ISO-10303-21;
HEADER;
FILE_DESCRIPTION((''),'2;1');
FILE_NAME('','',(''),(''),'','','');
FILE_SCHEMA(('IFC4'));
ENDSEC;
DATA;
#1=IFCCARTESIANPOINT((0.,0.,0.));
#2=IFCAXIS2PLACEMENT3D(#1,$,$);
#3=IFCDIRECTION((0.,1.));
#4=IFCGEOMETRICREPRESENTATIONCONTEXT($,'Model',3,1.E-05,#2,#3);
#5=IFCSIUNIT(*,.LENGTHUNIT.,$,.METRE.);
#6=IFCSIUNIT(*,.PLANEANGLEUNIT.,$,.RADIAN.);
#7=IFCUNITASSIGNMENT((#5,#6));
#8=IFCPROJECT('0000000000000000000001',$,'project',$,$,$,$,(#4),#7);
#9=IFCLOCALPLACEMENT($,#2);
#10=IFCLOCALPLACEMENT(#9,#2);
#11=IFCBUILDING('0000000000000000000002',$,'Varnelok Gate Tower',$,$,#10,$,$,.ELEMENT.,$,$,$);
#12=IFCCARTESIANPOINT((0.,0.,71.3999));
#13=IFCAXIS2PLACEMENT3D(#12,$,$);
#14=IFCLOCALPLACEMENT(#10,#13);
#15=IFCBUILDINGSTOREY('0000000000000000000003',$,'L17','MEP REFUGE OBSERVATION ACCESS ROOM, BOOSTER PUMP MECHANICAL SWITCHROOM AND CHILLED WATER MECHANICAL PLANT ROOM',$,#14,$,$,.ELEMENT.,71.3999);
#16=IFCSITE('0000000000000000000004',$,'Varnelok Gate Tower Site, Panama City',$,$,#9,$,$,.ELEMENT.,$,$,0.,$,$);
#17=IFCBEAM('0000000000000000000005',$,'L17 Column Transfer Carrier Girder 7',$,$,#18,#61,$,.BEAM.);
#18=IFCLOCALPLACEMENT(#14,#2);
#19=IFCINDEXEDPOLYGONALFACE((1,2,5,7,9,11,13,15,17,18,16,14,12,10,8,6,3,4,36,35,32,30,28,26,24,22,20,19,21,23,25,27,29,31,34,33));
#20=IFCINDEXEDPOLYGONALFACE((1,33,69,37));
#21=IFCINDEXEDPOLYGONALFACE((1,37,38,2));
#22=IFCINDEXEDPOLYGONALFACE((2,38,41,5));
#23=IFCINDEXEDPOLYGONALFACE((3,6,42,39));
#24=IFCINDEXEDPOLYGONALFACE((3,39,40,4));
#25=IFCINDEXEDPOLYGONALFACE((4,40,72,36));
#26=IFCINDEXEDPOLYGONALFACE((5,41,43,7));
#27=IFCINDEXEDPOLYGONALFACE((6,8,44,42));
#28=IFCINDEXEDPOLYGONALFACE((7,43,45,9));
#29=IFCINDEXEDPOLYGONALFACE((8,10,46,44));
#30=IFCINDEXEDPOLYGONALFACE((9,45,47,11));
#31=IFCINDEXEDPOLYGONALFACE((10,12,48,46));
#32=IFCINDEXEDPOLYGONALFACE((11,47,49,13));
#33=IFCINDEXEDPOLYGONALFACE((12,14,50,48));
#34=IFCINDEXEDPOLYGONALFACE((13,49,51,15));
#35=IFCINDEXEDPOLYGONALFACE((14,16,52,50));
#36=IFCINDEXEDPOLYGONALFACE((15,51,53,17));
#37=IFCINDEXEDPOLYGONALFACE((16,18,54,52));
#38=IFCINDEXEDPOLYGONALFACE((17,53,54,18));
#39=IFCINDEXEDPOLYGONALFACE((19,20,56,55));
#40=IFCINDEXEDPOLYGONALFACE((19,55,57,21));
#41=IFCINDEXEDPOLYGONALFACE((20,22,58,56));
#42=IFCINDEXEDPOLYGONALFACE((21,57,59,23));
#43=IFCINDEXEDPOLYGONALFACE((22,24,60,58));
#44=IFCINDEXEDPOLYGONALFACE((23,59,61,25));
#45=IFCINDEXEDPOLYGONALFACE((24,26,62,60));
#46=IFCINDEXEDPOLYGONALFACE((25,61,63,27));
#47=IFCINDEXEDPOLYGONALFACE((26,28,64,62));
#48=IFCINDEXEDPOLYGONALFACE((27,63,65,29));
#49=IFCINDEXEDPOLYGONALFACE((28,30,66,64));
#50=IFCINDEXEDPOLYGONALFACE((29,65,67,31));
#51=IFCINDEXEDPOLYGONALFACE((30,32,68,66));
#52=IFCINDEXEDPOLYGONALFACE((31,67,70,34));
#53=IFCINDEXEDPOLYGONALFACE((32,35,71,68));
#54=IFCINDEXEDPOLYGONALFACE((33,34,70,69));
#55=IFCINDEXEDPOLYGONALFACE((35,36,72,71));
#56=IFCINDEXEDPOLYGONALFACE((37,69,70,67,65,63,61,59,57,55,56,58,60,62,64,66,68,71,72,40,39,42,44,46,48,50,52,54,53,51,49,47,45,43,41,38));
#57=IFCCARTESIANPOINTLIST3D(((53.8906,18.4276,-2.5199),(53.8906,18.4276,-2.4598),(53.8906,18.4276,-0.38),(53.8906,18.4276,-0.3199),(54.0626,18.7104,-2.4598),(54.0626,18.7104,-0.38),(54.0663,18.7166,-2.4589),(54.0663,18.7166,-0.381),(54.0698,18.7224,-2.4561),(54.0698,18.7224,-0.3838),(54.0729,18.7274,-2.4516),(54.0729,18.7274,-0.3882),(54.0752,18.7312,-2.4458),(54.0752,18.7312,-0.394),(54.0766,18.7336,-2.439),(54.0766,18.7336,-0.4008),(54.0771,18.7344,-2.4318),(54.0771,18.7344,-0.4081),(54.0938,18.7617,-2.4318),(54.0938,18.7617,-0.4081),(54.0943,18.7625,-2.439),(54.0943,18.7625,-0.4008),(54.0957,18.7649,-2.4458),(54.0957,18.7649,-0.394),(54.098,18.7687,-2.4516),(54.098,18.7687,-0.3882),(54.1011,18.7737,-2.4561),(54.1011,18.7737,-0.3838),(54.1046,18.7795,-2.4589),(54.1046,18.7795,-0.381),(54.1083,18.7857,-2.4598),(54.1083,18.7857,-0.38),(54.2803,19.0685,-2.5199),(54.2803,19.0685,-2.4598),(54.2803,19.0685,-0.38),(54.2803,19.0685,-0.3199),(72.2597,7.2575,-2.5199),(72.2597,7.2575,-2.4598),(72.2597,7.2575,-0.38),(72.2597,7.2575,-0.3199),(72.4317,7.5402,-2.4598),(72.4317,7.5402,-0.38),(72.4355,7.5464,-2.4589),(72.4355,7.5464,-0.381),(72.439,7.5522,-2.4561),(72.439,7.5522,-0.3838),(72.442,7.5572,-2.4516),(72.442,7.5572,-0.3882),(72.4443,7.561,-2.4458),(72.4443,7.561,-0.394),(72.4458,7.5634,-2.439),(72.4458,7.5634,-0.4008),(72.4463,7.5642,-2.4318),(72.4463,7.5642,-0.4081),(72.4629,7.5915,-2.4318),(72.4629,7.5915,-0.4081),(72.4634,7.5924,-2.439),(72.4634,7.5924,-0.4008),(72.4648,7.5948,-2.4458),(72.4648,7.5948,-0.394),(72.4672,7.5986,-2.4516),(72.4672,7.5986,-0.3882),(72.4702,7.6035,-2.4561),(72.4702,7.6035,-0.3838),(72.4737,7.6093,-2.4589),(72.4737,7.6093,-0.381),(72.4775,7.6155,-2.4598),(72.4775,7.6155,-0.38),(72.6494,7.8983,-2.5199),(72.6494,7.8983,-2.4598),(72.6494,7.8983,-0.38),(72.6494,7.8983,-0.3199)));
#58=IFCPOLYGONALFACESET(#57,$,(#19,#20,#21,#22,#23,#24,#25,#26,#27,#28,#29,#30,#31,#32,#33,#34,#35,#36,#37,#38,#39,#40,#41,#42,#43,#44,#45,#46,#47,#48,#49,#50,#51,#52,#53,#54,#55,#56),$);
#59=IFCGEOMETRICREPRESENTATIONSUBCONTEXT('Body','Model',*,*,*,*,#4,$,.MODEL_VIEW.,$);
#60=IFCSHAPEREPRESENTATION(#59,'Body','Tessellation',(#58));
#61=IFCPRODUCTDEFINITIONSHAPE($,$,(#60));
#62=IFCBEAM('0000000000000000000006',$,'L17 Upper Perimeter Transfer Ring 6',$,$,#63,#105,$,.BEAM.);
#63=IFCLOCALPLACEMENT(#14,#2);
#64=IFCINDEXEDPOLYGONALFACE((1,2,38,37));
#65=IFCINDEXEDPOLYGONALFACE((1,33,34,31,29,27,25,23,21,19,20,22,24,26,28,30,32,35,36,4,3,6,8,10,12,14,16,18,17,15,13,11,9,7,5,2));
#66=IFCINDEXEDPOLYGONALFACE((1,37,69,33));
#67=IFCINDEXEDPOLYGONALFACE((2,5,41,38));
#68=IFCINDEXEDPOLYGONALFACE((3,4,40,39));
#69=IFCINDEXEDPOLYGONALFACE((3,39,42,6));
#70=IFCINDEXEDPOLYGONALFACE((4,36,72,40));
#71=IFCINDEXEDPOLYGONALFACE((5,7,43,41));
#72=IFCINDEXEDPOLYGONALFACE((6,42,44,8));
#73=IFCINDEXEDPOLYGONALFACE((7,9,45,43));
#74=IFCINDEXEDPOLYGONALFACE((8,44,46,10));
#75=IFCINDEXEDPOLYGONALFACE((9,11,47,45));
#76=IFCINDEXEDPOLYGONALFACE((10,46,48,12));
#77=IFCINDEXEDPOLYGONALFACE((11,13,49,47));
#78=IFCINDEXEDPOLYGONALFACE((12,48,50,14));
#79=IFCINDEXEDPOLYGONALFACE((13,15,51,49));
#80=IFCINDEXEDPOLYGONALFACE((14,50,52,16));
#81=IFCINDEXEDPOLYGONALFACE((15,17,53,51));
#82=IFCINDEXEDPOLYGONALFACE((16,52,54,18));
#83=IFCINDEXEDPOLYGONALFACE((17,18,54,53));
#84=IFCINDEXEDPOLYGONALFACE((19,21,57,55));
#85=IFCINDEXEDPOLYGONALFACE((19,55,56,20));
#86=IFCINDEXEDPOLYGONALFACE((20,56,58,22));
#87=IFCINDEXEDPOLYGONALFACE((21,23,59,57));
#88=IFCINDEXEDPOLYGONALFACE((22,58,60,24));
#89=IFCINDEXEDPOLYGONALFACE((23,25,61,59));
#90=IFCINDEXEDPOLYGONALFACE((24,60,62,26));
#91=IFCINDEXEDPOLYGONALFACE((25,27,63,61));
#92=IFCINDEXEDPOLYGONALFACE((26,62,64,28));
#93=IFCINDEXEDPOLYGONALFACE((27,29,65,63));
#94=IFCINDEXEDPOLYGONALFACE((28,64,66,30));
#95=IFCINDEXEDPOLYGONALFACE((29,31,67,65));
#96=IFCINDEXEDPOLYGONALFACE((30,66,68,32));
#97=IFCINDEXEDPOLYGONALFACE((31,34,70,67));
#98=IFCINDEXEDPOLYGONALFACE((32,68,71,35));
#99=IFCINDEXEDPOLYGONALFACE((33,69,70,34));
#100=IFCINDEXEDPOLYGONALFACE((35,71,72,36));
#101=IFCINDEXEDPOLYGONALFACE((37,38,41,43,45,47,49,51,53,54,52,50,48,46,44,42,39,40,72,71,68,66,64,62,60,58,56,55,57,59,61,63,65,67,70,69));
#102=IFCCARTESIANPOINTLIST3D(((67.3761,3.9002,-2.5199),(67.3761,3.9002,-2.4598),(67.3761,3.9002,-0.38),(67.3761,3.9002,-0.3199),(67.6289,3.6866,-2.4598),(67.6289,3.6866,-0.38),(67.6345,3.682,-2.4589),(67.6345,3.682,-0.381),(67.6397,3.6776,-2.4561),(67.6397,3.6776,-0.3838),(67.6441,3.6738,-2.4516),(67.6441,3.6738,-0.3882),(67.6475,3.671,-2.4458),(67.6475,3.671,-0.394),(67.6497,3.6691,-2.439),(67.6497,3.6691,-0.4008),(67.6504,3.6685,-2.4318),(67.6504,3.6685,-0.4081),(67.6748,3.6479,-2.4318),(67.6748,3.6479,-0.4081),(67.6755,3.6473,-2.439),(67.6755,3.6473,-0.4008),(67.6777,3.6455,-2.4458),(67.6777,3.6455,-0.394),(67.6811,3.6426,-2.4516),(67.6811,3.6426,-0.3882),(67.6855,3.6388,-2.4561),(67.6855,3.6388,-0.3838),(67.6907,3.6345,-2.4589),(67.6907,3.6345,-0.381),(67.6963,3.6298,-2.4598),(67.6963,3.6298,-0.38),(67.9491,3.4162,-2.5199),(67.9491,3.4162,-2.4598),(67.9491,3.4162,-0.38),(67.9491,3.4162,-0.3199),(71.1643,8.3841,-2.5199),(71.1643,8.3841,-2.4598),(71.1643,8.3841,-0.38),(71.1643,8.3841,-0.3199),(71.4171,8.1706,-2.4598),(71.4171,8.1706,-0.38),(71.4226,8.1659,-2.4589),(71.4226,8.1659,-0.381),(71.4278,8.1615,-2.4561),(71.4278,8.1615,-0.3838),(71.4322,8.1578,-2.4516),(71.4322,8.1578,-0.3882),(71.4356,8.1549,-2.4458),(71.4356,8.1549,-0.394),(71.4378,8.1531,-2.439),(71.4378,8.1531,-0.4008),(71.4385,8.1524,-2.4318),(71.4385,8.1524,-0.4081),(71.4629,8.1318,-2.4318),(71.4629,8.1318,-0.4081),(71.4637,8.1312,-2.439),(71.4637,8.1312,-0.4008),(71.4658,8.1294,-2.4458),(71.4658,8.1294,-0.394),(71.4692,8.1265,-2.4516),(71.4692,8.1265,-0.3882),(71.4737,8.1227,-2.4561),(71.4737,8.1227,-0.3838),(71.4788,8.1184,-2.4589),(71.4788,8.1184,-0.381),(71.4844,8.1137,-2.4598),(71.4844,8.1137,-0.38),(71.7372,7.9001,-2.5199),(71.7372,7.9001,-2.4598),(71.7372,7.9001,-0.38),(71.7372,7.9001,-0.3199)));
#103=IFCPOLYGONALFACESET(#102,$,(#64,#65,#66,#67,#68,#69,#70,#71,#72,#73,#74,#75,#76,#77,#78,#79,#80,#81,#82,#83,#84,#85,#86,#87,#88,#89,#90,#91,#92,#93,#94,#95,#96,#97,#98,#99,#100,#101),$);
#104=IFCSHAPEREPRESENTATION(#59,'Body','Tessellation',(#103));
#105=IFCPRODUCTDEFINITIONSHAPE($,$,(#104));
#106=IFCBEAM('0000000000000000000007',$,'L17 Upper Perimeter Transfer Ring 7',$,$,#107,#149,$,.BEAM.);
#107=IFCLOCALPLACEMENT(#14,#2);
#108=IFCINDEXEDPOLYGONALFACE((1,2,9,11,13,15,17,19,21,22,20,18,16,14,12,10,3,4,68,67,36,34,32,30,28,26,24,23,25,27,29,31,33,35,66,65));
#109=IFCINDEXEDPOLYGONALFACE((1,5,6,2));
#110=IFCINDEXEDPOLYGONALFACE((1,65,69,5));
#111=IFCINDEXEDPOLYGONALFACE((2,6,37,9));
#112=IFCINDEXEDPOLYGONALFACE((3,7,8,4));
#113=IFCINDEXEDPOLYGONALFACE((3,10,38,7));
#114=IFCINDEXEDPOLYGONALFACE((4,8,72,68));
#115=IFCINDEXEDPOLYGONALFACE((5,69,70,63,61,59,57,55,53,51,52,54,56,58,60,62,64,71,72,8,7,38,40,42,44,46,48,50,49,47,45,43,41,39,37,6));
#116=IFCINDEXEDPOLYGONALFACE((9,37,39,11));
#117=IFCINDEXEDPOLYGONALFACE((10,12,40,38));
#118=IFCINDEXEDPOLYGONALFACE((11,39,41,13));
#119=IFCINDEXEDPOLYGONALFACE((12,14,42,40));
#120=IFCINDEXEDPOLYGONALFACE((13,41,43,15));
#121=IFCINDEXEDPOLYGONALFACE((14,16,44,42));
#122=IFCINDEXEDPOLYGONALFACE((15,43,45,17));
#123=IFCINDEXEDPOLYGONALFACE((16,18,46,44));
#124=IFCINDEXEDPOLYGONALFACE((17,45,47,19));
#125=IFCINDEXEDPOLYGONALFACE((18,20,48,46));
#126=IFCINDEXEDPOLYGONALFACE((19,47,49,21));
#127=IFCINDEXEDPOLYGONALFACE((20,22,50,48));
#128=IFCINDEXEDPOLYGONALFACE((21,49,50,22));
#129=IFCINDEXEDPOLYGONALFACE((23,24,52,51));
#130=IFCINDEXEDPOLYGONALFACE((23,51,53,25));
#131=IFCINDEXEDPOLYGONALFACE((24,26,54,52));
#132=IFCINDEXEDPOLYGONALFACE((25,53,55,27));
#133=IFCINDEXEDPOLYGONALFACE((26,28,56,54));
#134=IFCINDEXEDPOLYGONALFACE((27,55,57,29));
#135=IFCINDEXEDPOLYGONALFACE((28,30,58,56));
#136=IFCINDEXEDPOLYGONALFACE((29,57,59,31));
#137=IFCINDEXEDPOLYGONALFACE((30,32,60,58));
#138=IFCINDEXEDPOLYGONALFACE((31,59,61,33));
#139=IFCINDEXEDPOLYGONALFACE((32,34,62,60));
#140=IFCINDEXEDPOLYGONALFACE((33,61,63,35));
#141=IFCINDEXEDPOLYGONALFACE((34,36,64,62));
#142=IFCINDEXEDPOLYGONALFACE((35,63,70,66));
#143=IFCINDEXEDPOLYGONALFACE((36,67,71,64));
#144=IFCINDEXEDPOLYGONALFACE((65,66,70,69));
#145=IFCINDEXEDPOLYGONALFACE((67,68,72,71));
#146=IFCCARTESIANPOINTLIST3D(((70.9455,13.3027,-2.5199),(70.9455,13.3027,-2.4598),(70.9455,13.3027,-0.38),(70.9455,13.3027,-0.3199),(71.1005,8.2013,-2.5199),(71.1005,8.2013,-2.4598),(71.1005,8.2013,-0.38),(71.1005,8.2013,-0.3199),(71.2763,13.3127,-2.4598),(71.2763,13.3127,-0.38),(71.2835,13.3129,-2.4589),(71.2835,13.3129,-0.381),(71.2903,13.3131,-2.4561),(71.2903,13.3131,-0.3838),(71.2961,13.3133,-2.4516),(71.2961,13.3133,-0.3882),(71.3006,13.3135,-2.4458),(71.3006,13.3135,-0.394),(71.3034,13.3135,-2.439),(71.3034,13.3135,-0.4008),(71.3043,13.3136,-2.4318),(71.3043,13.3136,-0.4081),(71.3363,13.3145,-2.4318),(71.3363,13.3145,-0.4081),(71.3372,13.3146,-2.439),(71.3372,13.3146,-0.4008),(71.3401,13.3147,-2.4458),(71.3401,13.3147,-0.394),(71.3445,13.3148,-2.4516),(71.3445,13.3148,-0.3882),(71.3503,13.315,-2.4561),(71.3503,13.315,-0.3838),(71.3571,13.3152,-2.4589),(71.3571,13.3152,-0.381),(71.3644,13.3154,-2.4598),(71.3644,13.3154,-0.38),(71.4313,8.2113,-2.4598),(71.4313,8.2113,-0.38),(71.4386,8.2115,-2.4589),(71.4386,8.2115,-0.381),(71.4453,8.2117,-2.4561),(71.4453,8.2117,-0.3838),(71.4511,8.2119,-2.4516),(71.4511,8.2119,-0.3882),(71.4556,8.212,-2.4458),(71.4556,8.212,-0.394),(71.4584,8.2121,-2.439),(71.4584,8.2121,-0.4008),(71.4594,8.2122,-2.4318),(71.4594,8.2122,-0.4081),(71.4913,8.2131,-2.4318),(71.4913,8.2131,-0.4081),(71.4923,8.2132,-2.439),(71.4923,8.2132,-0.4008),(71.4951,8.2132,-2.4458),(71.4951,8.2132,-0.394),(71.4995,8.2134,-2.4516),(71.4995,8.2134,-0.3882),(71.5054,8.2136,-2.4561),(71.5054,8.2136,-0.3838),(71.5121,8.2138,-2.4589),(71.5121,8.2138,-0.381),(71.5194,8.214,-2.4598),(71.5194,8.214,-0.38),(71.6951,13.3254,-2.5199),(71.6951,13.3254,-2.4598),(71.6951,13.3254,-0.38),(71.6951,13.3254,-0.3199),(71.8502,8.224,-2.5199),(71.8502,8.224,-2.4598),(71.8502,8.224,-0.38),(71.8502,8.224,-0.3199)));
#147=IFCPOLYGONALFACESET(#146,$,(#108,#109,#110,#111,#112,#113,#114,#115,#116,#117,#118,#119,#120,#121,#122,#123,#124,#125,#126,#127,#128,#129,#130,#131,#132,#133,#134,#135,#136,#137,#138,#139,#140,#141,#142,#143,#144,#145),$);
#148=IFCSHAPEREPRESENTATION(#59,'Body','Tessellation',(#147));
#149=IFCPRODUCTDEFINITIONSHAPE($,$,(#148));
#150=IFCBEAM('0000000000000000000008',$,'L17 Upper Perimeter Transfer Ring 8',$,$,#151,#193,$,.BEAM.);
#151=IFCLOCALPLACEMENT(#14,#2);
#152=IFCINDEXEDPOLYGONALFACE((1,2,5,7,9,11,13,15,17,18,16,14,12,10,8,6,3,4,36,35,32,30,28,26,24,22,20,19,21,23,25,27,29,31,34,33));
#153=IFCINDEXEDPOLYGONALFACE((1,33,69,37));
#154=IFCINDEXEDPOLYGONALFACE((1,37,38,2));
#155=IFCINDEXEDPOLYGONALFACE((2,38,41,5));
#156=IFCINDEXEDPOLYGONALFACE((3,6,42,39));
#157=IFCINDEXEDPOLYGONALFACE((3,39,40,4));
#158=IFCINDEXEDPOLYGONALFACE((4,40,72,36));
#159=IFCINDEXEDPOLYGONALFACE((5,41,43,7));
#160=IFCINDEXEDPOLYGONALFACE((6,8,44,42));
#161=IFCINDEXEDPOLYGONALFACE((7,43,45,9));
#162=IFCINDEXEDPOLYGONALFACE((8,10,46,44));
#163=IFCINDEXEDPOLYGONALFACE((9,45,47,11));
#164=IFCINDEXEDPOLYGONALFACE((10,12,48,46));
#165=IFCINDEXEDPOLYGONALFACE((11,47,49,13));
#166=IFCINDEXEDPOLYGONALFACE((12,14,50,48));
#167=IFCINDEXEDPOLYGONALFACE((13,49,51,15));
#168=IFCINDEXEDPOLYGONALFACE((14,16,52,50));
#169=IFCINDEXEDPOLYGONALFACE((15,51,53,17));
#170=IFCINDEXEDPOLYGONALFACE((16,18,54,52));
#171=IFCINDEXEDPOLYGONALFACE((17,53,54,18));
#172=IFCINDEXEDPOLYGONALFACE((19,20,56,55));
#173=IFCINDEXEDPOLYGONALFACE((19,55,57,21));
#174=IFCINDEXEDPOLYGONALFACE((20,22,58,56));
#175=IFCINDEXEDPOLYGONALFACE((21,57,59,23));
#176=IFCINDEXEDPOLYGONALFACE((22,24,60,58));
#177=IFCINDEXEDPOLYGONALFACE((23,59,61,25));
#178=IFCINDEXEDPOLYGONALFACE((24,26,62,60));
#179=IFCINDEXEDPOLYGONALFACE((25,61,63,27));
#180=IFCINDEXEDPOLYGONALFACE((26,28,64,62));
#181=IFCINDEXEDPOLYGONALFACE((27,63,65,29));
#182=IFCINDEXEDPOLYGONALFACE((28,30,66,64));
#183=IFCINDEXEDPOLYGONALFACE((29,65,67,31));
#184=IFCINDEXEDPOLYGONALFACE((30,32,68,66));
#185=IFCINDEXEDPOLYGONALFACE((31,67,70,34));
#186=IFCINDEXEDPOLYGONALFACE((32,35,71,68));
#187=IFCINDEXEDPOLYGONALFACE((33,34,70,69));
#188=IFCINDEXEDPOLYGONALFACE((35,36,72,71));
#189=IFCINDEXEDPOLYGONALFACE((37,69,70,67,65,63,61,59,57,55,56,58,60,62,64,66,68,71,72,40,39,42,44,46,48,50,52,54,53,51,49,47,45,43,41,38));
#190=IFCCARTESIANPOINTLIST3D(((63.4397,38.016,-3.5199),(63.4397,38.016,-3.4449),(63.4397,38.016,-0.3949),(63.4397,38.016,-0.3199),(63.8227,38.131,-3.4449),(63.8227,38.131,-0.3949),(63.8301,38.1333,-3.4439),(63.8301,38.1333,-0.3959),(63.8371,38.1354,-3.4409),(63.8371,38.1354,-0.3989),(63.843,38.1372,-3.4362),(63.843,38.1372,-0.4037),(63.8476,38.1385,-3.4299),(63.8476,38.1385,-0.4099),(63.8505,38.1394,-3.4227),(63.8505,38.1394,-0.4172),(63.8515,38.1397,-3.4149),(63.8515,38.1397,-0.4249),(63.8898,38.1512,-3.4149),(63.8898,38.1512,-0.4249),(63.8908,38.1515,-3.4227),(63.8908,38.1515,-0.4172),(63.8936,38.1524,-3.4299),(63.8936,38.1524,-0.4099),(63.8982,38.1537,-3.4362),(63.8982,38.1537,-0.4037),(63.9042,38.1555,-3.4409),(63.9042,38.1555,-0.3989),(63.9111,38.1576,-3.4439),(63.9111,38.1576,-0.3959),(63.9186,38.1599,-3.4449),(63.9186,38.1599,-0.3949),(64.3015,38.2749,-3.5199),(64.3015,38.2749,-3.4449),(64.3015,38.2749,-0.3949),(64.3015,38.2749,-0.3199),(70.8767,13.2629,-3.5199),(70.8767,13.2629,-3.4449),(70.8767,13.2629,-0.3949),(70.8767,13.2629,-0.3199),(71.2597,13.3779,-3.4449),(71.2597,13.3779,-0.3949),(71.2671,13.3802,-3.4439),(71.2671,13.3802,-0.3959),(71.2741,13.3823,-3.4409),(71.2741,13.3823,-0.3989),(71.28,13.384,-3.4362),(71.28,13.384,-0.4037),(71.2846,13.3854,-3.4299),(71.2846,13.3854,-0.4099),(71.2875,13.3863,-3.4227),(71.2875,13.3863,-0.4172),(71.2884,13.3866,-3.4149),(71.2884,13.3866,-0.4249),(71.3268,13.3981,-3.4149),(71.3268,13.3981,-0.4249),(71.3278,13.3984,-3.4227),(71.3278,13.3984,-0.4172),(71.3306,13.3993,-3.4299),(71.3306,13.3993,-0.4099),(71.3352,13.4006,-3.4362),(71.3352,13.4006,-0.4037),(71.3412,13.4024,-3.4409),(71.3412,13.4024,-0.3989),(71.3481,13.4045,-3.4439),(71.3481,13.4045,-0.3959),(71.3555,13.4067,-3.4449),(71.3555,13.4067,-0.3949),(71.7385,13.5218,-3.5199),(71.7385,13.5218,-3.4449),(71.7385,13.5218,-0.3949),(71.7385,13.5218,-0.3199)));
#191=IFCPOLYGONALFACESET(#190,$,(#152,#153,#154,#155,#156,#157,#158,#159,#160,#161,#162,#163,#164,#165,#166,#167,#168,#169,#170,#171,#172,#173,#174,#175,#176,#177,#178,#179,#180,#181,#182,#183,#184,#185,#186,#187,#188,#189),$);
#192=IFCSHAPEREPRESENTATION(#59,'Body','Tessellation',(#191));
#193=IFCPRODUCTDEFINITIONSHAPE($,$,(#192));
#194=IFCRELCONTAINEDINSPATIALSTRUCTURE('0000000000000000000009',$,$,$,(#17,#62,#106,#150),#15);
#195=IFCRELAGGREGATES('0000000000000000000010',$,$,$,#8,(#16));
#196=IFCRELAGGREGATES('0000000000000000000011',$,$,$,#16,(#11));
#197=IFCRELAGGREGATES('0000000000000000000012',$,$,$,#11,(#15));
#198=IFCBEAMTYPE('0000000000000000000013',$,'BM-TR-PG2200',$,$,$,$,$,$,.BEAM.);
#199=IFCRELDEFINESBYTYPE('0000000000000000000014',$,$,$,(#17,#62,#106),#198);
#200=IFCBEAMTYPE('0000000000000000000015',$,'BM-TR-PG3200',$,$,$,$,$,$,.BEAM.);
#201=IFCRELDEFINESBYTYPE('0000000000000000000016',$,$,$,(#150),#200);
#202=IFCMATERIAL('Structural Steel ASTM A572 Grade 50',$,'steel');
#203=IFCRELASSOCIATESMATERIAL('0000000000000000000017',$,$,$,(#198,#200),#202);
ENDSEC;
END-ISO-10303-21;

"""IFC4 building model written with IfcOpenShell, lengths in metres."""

from ifc_helpers import new_model, si_unit, direction, frame, origin, origin_2d, place, context, subcontext, project, spatial, i_section, extrude, material, material_profile, profile_set, type_object, element, save


model = new_model("IFC4")

# Units and contexts
model_context = context("Model", 3, precision=1e-05, world=origin(), true_north=direction((0.0, 1.0)))
body_context = subcontext(model_context, "Body", "Model", "MODEL_VIEW")
ifc_project = project(units=[si_unit("LENGTHUNIT", "METRE"), si_unit("PLANEANGLEUNIT", "RADIAN")], contexts=[model_context])

# Site, building, storey
site_placement = place(None, origin())
site = spatial("IfcSite", under=ifc_project, at=site_placement, Name="Varnelok Gate Tower Site, Panama City", CompositionType="ELEMENT", RefElevation=0.0)
building_placement = place(site_placement, origin())
building = spatial("IfcBuilding", under=site, at=building_placement, Name="Varnelok Gate Tower", CompositionType="ELEMENT")
storey_placement = place(building_placement, frame((0.0, 0.0, 71.3999)))
storey = spatial("IfcBuildingStorey", under=building, at=storey_placement, Name="L17", Description="MEP REFUGE OBSERVATION ACCESS ROOM, BOOSTER PUMP MECHANICAL SWITCHROOM AND CHILLED WATER MECHANICAL PLANT ROOM", CompositionType="ELEMENT", Elevation=71.3999)

# Beams
ifc_material_1 = material(Name="Structural Steel ASTM A572 Grade 50", Category="steel")
ifc_material_profile_1 = material_profile(ifc_material_1, i_section(OverallWidth=0.75, OverallDepth=2.2, WebThickness=0.032, FlangeThickness=0.0601, FilletRadius=0.0281, at=origin_2d()), Name="PG2200X750")
ifc_profile_set_1 = profile_set([ifc_material_profile_1], Name="Structural Steel ASTM A572 Grade 50")
beam_type_1 = type_object("IfcBeamType", Name="BM-TR-PG2200", PredefinedType="BEAM", material=ifc_profile_set_1)
beam_1_placement = place(storey_placement, frame((54.0854, 18.748, -1.4199), z_axis=(0.854427, -0.519572, 0.0), x_axis=(0.519572, 0.854427, 0.0)))
element("IfcBeam", 1, at=beam_1_placement, inside=storey, type_object=beam_type_1, Name="L17 Column Transfer Carrier Girder 7", PredefinedType="BEAM", context=body_context, shape_type="SweptSolid", body=[
    extrude(i_section(OverallWidth=0.75, OverallDepth=2.2, WebThickness=0.032, FlangeThickness=0.0601, FilletRadius=0.0281, at=origin_2d()), origin(), (0.0, 0.0, 1.0), 21.4988),
])
beam_2_placement = place(storey_placement, frame((67.6626, 3.6582, -1.4199), z_axis=(0.645349, 0.763888, 0.0), x_axis=(-0.763888, 0.645349, 0.0)))
element("IfcBeam", 2, at=beam_2_placement, inside=storey, type_object=beam_type_1, Name="L17 Upper Perimeter Transfer Ring 6", PredefinedType="BEAM", context=body_context, shape_type="SweptSolid", body=[
    extrude(i_section(OverallWidth=0.75, OverallDepth=2.2, WebThickness=0.032, FlangeThickness=0.0601, FilletRadius=0.0281, at=origin_2d()), origin(), (0.0, 0.0, 1.0), 5.8699),
])
beam_3_placement = place(storey_placement, frame((71.4753, 8.2126, -1.4199), z_axis=(-0.030376, 0.999539, 0.0), x_axis=(-0.999539, -0.030376, 0.0)))
element("IfcBeam", 3, at=beam_3_placement, inside=storey, type_object=beam_type_1, Name="L17 Upper Perimeter Transfer Ring 7", PredefinedType="BEAM", context=body_context, shape_type="SweptSolid", body=[
    extrude(i_section(OverallWidth=0.75, OverallDepth=2.2, WebThickness=0.032, FlangeThickness=0.0601, FilletRadius=0.0281, at=origin_2d()), origin(), (0.0, 0.0, 1.0), 5.1038),
])
ifc_material_profile_2 = material_profile(ifc_material_1, i_section(OverallWidth=0.8999, OverallDepth=3.2, WebThickness=0.04, FlangeThickness=0.075, FilletRadius=0.03, at=origin_2d()), Name="PG3200X900")
ifc_profile_set_2 = profile_set([ifc_material_profile_2], Name="Structural Steel ASTM A572 Grade 50")
beam_type_2 = type_object("IfcBeamType", Name="BM-TR-PG3200", PredefinedType="BEAM", material=ifc_profile_set_2)
beam_4_placement = place(storey_placement, frame((71.3076, 13.3923, -1.9199), z_axis=(-0.28774, 0.957708, 0.0), x_axis=(-0.957708, -0.28774, 0.0)))
element("IfcBeam", 4, at=beam_4_placement, inside=storey, type_object=beam_type_2, Name="L17 Upper Perimeter Transfer Ring 8", PredefinedType="BEAM", context=body_context, shape_type="SweptSolid", body=[
    extrude(i_section(OverallWidth=0.8999, OverallDepth=3.2, WebThickness=0.04, FlangeThickness=0.075, FilletRadius=0.03, at=origin_2d()), origin(), (0.0, 0.0, 1.0), 25.8462),
])

save(model, "model.ifc")
